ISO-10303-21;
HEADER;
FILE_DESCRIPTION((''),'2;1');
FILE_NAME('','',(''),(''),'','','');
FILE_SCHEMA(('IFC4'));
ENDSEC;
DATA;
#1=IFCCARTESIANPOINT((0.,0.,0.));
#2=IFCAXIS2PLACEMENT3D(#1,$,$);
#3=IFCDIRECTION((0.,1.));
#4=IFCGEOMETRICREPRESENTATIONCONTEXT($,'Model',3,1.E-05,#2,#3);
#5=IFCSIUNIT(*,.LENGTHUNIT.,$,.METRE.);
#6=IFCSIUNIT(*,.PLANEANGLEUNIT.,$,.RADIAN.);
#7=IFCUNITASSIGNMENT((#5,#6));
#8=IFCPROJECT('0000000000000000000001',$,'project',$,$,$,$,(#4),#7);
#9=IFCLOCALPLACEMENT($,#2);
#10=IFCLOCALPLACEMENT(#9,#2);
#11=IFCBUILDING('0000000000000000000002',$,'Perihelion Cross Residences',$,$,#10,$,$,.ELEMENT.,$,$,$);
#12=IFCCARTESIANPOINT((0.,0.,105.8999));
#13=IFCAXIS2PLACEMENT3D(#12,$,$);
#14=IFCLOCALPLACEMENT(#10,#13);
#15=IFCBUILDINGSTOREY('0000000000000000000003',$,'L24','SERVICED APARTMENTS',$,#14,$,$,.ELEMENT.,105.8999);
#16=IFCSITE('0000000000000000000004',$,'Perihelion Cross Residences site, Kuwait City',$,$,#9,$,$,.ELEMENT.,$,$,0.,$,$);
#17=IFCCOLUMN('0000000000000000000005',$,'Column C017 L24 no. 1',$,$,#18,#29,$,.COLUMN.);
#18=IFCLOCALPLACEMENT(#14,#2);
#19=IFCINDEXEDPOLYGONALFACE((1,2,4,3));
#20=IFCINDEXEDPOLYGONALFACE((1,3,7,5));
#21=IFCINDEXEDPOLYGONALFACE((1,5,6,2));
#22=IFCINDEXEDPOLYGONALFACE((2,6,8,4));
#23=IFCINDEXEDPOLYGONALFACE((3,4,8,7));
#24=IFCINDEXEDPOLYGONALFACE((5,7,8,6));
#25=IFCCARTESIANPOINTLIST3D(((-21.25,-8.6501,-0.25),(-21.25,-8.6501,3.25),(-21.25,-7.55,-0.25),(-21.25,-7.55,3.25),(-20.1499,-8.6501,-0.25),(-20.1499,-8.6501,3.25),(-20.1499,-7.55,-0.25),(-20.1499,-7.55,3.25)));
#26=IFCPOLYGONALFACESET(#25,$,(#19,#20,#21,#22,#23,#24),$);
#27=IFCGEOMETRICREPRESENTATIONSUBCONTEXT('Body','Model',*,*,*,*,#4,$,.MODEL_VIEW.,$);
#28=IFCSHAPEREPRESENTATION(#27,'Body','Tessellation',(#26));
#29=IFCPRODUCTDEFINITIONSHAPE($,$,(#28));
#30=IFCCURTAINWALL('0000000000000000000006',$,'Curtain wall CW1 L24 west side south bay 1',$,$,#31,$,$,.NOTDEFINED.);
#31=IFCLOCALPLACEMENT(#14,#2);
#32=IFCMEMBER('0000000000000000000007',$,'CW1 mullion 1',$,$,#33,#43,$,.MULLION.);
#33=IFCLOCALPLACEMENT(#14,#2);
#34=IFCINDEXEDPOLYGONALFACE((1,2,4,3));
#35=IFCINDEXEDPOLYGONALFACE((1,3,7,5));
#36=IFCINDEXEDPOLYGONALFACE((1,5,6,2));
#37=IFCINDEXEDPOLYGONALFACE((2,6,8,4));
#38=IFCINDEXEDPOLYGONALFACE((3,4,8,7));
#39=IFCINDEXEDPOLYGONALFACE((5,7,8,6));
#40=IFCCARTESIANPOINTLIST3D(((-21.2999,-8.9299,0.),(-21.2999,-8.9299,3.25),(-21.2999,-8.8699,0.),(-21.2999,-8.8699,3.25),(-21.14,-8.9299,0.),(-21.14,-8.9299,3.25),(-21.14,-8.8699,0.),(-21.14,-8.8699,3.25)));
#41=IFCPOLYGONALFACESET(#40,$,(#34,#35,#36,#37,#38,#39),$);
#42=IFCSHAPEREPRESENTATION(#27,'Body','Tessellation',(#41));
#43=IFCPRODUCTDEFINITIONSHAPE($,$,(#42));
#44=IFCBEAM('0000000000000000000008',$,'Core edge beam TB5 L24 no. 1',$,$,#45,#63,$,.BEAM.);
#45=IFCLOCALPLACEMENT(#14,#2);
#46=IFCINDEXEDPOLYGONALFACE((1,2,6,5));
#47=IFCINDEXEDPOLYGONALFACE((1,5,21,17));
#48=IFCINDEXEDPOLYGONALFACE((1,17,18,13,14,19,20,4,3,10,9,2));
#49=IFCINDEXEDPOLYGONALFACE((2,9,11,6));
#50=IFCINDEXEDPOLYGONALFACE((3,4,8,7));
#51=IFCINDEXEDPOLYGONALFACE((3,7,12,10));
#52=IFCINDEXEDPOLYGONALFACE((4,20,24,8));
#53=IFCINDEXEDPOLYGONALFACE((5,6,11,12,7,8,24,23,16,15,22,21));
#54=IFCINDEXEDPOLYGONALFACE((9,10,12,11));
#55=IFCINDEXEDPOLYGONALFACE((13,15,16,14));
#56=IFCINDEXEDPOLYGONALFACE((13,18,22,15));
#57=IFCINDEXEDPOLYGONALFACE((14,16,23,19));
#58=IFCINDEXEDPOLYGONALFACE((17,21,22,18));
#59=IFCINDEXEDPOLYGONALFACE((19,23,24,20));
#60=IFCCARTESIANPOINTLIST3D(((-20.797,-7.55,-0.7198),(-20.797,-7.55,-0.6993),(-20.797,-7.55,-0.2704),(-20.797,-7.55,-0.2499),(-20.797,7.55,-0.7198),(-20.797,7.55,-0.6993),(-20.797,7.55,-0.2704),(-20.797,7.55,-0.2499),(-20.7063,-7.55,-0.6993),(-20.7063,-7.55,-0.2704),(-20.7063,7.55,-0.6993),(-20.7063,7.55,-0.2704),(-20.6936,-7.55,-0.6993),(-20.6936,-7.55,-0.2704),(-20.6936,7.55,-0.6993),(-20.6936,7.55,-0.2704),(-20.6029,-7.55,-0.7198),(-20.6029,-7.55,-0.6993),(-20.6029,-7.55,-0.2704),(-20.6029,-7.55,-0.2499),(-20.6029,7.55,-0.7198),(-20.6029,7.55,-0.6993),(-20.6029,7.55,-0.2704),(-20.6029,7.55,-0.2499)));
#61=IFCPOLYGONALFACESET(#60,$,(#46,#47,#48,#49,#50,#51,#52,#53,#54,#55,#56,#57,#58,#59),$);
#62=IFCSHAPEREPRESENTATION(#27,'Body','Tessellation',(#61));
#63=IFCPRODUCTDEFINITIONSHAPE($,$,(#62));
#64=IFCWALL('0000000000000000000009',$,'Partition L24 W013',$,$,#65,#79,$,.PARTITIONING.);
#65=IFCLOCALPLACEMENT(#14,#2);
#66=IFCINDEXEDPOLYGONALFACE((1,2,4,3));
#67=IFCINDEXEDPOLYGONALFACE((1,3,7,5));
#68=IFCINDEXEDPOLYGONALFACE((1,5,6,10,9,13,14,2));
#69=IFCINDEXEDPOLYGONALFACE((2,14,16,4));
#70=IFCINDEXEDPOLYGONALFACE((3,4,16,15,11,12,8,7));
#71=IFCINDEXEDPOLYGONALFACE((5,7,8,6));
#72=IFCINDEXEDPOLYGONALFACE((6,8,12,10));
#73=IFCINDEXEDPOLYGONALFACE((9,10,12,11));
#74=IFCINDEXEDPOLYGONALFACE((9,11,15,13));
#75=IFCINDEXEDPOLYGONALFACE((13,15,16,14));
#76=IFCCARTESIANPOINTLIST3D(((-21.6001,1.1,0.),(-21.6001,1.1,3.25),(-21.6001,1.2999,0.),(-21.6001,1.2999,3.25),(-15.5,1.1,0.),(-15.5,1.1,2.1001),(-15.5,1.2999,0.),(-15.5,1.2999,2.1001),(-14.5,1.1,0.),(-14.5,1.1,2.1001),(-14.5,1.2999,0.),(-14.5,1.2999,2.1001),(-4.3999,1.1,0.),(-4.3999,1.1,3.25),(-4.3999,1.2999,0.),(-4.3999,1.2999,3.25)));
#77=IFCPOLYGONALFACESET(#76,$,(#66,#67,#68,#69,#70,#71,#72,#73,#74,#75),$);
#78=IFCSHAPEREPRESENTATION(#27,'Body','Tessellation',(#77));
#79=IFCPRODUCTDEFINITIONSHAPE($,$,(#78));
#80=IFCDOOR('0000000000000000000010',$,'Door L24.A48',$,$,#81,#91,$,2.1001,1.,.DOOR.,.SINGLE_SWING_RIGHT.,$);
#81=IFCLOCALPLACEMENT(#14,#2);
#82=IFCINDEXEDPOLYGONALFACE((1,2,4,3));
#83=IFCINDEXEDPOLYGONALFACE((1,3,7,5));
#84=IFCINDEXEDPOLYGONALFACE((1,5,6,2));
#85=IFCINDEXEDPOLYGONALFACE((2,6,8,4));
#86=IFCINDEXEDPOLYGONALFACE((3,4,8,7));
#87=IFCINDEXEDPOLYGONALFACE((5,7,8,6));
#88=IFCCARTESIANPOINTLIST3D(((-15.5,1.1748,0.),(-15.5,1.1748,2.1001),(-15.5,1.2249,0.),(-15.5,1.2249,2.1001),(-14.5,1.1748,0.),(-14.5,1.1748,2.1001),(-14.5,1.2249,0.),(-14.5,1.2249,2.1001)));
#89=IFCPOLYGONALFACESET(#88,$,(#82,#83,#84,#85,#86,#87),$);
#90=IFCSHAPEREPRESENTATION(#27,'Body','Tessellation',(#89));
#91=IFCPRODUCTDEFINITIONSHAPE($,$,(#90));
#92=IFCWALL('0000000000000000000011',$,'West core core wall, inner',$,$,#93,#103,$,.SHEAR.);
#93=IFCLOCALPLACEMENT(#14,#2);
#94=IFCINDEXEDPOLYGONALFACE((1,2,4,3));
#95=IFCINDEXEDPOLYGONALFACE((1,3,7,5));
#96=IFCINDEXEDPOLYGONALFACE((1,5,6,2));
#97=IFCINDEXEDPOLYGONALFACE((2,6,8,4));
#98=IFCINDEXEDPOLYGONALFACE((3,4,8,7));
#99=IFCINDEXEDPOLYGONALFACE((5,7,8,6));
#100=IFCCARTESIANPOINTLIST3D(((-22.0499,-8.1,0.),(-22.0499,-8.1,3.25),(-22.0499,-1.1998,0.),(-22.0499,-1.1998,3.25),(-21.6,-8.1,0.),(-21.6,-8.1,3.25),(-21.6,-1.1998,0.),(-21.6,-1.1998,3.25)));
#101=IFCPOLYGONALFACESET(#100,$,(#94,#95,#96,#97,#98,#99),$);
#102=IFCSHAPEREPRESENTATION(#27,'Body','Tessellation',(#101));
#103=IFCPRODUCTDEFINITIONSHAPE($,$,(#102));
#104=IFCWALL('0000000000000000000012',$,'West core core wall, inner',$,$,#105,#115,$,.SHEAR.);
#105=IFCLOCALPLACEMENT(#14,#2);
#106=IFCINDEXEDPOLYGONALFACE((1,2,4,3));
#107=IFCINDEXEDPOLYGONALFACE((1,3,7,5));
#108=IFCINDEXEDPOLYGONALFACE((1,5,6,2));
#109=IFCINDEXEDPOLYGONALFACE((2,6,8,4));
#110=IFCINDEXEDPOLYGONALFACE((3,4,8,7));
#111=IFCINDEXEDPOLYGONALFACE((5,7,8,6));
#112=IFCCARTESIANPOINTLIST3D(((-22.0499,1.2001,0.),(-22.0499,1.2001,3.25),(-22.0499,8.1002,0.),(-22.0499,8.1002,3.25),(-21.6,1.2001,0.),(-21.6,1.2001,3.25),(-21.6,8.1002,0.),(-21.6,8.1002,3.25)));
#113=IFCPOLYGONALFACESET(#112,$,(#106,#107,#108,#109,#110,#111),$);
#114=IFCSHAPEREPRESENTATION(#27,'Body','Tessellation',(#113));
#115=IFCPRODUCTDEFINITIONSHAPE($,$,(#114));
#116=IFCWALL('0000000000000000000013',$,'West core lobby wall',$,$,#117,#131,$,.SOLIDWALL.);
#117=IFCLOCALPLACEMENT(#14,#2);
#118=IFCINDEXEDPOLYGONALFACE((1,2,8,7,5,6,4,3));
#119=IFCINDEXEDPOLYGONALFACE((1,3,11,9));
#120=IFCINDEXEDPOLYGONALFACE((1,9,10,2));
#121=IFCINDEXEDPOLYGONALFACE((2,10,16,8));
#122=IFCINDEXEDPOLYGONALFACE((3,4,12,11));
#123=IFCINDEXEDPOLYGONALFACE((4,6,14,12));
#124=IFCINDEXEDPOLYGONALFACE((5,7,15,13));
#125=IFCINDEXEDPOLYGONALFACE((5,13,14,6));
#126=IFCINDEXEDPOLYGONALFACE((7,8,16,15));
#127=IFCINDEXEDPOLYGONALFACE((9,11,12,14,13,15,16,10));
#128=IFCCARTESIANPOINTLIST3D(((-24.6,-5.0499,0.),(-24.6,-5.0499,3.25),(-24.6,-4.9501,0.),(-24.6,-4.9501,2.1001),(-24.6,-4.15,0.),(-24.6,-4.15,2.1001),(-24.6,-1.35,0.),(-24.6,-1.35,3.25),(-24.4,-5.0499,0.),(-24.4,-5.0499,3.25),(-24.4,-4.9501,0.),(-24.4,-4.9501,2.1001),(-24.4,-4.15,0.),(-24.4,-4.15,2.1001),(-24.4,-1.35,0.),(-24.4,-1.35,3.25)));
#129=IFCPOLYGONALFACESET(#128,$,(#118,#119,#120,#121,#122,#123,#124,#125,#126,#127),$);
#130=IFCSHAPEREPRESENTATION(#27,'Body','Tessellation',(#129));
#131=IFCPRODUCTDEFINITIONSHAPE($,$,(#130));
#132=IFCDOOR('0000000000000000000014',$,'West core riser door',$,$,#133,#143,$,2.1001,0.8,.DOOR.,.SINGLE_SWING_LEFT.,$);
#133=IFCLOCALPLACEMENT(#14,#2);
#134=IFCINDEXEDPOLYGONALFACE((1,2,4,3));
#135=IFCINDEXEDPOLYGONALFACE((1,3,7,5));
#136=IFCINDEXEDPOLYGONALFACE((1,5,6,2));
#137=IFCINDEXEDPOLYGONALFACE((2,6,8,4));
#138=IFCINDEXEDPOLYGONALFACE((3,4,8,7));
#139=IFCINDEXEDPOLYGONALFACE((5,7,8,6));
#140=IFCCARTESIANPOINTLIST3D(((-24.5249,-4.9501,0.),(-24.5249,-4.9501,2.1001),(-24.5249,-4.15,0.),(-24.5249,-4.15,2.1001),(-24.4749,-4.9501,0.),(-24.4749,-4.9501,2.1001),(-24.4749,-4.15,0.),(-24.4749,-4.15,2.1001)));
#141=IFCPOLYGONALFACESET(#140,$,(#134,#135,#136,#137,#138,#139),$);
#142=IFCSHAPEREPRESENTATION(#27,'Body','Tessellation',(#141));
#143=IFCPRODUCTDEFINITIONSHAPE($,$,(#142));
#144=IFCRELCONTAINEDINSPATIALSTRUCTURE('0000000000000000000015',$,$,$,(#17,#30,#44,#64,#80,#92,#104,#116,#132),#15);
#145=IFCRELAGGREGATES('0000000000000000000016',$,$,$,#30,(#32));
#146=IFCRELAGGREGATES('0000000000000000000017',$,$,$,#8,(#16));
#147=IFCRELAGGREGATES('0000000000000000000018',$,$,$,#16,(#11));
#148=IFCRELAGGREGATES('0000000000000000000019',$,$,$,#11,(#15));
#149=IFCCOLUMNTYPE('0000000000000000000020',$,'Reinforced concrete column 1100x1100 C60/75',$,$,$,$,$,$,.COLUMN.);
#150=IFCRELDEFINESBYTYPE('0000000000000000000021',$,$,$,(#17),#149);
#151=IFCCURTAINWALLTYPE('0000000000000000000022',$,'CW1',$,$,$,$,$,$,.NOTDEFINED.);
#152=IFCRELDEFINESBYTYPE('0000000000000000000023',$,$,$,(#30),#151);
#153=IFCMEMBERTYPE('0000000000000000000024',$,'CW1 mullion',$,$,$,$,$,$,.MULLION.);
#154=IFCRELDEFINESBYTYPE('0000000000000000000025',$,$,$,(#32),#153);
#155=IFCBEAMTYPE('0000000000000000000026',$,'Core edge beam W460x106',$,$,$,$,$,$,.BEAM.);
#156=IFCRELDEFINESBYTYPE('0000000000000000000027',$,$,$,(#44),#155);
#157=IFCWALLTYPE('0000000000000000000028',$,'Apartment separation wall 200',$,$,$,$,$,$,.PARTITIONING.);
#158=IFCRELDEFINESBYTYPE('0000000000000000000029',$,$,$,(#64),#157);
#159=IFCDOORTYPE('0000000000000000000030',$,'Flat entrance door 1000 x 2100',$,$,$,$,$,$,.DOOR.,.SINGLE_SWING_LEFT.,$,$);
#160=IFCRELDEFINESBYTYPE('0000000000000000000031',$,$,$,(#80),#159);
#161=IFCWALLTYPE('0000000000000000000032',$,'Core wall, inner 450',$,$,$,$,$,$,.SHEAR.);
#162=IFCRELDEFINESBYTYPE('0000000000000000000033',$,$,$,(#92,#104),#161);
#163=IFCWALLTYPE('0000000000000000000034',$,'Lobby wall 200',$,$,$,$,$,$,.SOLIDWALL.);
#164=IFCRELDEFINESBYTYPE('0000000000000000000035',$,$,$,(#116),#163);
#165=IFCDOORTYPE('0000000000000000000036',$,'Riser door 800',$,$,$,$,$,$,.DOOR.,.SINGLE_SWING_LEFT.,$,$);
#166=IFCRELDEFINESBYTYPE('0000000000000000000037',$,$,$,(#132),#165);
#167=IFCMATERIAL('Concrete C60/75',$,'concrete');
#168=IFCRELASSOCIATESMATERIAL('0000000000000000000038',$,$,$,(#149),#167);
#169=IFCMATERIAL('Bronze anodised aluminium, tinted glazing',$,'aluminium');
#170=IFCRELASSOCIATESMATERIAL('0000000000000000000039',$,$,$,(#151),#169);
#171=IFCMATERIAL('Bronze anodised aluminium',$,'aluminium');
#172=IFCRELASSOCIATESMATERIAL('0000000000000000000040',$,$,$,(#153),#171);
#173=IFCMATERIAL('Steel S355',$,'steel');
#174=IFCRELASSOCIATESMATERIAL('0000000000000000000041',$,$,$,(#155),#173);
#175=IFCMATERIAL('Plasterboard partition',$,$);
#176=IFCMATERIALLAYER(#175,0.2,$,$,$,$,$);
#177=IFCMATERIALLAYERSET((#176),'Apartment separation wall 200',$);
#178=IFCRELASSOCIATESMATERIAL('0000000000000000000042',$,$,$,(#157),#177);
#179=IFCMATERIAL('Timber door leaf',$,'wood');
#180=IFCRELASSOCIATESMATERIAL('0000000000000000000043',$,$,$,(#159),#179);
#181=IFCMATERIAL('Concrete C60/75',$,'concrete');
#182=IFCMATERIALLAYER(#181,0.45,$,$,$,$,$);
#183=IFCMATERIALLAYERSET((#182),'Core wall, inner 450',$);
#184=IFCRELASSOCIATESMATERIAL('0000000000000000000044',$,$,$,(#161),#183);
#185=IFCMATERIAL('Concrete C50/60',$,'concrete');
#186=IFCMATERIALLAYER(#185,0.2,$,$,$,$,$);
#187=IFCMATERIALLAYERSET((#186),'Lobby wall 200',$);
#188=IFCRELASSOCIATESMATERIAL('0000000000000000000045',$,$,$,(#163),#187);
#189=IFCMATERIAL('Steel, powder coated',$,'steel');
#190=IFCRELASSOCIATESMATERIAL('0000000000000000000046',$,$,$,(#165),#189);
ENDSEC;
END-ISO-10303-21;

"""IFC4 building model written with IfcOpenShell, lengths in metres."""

from ifc_helpers import new_model, si_unit, direction, frame, frame_2d, origin, origin_2d, place, context, subcontext, project, spatial, rectangle, i_section, extrude, material, layer, layer_set, material_profile, profile_set, type_object, element, fill, aggregate, save


model = new_model("IFC4")

# Units and contexts
model_context = context("Model", 3, precision=1e-05, world=origin(), true_north=direction((0.0, 1.0)))
body_context = subcontext(model_context, "Body", "Model", "MODEL_VIEW")
ifc_project = project(units=[si_unit("LENGTHUNIT", "METRE"), si_unit("PLANEANGLEUNIT", "RADIAN")], contexts=[model_context])

# Site, building, storey
site_placement = place(None, origin())
site = spatial("IfcSite", under=ifc_project, at=site_placement, Name="Perihelion Cross Residences site, Kuwait City", CompositionType="ELEMENT", RefElevation=0.0)
building_placement = place(site_placement, origin())
building = spatial("IfcBuilding", under=site, at=building_placement, Name="Perihelion Cross Residences", CompositionType="ELEMENT")
storey_placement = place(building_placement, frame((0.0, 0.0, 105.8999)))
storey = spatial("IfcBuildingStorey", under=building, at=storey_placement, Name="L24", Description="SERVICED APARTMENTS", CompositionType="ELEMENT", Elevation=105.8999)

# Column
ifc_material_1 = material(Name="Concrete C60/75", Category="concrete")
ifc_material_profile_1 = material_profile(ifc_material_1, rectangle(XDim=1.1001, YDim=1.1001, at=origin_2d()), Name="RC 1100x1100")
ifc_profile_set_1 = profile_set([ifc_material_profile_1], Name="Concrete C60/75")
column_type = type_object("IfcColumnType", Name="Reinforced concrete column 1100x1100 C60/75", PredefinedType="COLUMN", material=ifc_profile_set_1)
column_placement = place(storey_placement, frame((-20.7, -8.1001, -0.25), z_axis=(0.0, 0.0, 1.0), x_axis=(1.0, 0.0, 0.0)))
element("IfcColumn", 1, at=column_placement, inside=storey, type_object=column_type, Name="Column C017 L24 no. 1", PredefinedType="COLUMN", context=body_context, shape_type="SweptSolid", body=[
    extrude(rectangle(XDim=1.1001, YDim=1.1001, at=origin_2d()), origin(), (0.0, 0.0, 1.0), 3.5),
])

# Curtain wall, member
ifc_material_2 = material(Name="Bronze anodised aluminium, tinted glazing", Category="aluminium")
curtain_wall_type = type_object("IfcCurtainWallType", Name="CW1", PredefinedType="NOTDEFINED", material=ifc_material_2)
curtain_wall_placement = place(storey_placement, origin())
curtain_wall = element("IfcCurtainWall", 2, at=curtain_wall_placement, inside=storey, type_object=curtain_wall_type, Name="Curtain wall CW1 L24 west side south bay 1", PredefinedType="NOTDEFINED")
ifc_material_3 = material(Name="Bronze anodised aluminium", Category="aluminium")
ifc_material_profile_2 = material_profile(ifc_material_3, rectangle(XDim=0.0601, YDim=0.1599, at=origin_2d()), Name="CW1 mullion")
ifc_profile_set_2 = profile_set([ifc_material_profile_2], Name="Bronze anodised aluminium")
member_type = type_object("IfcMemberType", Name="CW1 mullion", PredefinedType="MULLION", material=ifc_profile_set_2)
member_placement = place(storey_placement, frame((-21.22, -8.8999, 0.0), z_axis=(0.0, 0.0, 1.0), x_axis=(0.0, 1.0, 0.0)))
member = element("IfcMember", 3, at=member_placement, type_object=member_type, Name="CW1 mullion 1", PredefinedType="MULLION", context=body_context, shape_type="SweptSolid", body=[
    extrude(rectangle(XDim=0.0601, YDim=0.1599, at=origin_2d()), origin(), (0.0, 0.0, 1.0), 3.25),
])
aggregate(curtain_wall, [member])

# Beam
ifc_material_4 = material(Name="Steel S355", Category="steel")
ifc_material_profile_3 = material_profile(ifc_material_4, i_section(OverallWidth=0.1941, OverallDepth=0.47, WebThickness=0.0127, FlangeThickness=0.0205, at=origin_2d()), Name="W460x106")
ifc_profile_set_3 = profile_set([ifc_material_profile_3], Name="Steel S355")
beam_type = type_object("IfcBeamType", Name="Core edge beam W460x106", PredefinedType="BEAM", material=ifc_profile_set_3)
beam_placement = place(storey_placement, frame((-20.7, -7.55, -0.4849), z_axis=(0.0, 1.0, 0.0), x_axis=(-1.0, 0.0, 0.0)))
element("IfcBeam", 4, at=beam_placement, inside=storey, type_object=beam_type, Name="Core edge beam TB5 L24 no. 1", PredefinedType="BEAM", context=body_context, shape_type="SweptSolid", body=[
    extrude(i_section(OverallWidth=0.1941, OverallDepth=0.47, WebThickness=0.0127, FlangeThickness=0.0205, at=origin_2d()), origin(), (0.0, 0.0, 1.0), 15.1001),
])

# Wall, opening, door
ifc_material_5 = material(Name="Plasterboard partition")
ifc_layer_1 = layer(ifc_material_5, 0.2)
ifc_layer_set_1 = layer_set([ifc_layer_1], Name="Apartment separation wall 200")
wall_type_1 = type_object("IfcWallType", Name="Apartment separation wall 200", PredefinedType="PARTITIONING", material=ifc_layer_set_1)
wall_1_placement = place(storey_placement, frame((-21.6001, 1.2, 0.0), z_axis=(0.0, 0.0, 1.0), x_axis=(1.0, 0.0, 0.0)))
wall_1 = element("IfcWall", 5, at=wall_1_placement, inside=storey, type_object=wall_type_1, Name="Partition L24 W013", PredefinedType="PARTITIONING", context=body_context, shape_type="SweptSolid", body=[
    extrude(rectangle(XDim=17.2002, YDim=0.2, at=frame_2d((8.6001, 0.0))), origin(), (0.0, 0.0, 1.0), 3.25),
])
opening_1_placement = place(wall_1_placement, frame((6.1001, 0.0, 0.0)))
opening_1 = element("IfcOpeningElement", 6, at=opening_1_placement, cuts=wall_1, PredefinedType="OPENING", context=body_context, shape_type="SweptSolid", body=[
    extrude(rectangle(XDim=1.0, YDim=2.1001, at=frame_2d((0.5, 1.05))), frame((0.0, 0.1099, 0.0), z_axis=(0.0, -1.0, 0.0), x_axis=(1.0, 0.0, 0.0)), (0.0, 0.0, 1.0), 0.22),
])
ifc_material_6 = material(Name="Timber door leaf", Category="wood")
door_type_1 = type_object("IfcDoorType", Name="Flat entrance door 1000 x 2100", OperationType="SINGLE_SWING_LEFT", PredefinedType="DOOR", material=ifc_material_6)
door_1_placement = place(opening_1_placement, origin())
door_1 = element("IfcDoor", 7, at=door_1_placement, inside=storey, type_object=door_type_1, Name="Door L24.A48", OperationType="SINGLE_SWING_RIGHT", OverallHeight=2.1001, OverallWidth=1.0, PredefinedType="DOOR", context=body_context, shape_type="SweptSolid", body=[
    extrude(rectangle(XDim=1.0, YDim=2.1001, at=frame_2d((0.5, 1.05))), frame((0.0, 0.0249, 0.0), z_axis=(0.0, -1.0, 0.0), x_axis=(1.0, 0.0, 0.0)), (0.0, 0.0, 1.0), 0.05),
])
fill(opening_1, door_1)

# Walls
ifc_material_7 = material(Name="Concrete C60/75", Category="concrete")
ifc_layer_2 = layer(ifc_material_7, 0.45)
ifc_layer_set_2 = layer_set([ifc_layer_2], Name="Core wall, inner 450")
wall_type_2 = type_object("IfcWallType", Name="Core wall, inner 450", PredefinedType="SHEAR", material=ifc_layer_set_2)
for number, where, z_axis, x_axis, name in (
    (8, (-21.825, -8.1001, 0.0), (0.0, 0.0, 1.0), (0.0, 1.0, 0.0), "West core core wall, inner"),
    (9, (-21.825, 1.2, 0.0), (0.0, 0.0, 1.0), (0.0, 1.0, 0.0), "West core core wall, inner"),
):
    element("IfcWall", number, at=place(storey_placement, frame(where, z_axis=z_axis, x_axis=x_axis)), inside=storey, type_object=wall_type_2, Name=name, PredefinedType="SHEAR", context=body_context, shape_type="SweptSolid", body=[
        extrude(rectangle(XDim=6.9001, YDim=0.45, at=frame_2d((3.4502, 0.0))), origin(), (0.0, 0.0, 1.0), 3.25),
    ])

# Wall, opening, door
ifc_material_8 = material(Name="Concrete C50/60", Category="concrete")
ifc_layer_3 = layer(ifc_material_8, 0.2)
ifc_layer_set_3 = layer_set([ifc_layer_3], Name="Lobby wall 200")
wall_type_3 = type_object("IfcWallType", Name="Lobby wall 200", PredefinedType="SOLIDWALL", material=ifc_layer_set_3)
wall_2_placement = place(storey_placement, frame((-24.5, -5.05, 0.0), z_axis=(0.0, 0.0, 1.0), x_axis=(0.0, 1.0, 0.0)))
wall_2 = element("IfcWall", 10, at=wall_2_placement, inside=storey, type_object=wall_type_3, Name="West core lobby wall", PredefinedType="SOLIDWALL", context=body_context, shape_type="SweptSolid", body=[
    extrude(rectangle(XDim=3.7, YDim=0.2, at=frame_2d((1.8501, 0.0))), origin(), (0.0, 0.0, 1.0), 3.25),
])
opening_2_placement = place(wall_2_placement, frame((0.1001, 0.0, 0.0)))
opening_2 = element("IfcOpeningElement", 11, at=opening_2_placement, cuts=wall_2, PredefinedType="OPENING", context=body_context, shape_type="SweptSolid", body=[
    extrude(rectangle(XDim=0.8, YDim=2.1001, at=frame_2d((0.3999, 1.05))), frame((0.0, 0.1099, 0.0), z_axis=(0.0, -1.0, 0.0), x_axis=(1.0, 0.0, 0.0)), (0.0, 0.0, 1.0), 0.22),
])
ifc_material_9 = material(Name="Steel, powder coated", Category="steel")
door_type_2 = type_object("IfcDoorType", Name="Riser door 800", OperationType="SINGLE_SWING_LEFT", PredefinedType="DOOR", material=ifc_material_9)
door_2_placement = place(opening_2_placement, origin())
door_2 = element("IfcDoor", 12, at=door_2_placement, inside=storey, type_object=door_type_2, Name="West core riser door", OperationType="SINGLE_SWING_LEFT", OverallHeight=2.1001, OverallWidth=0.8, PredefinedType="DOOR", context=body_context, shape_type="SweptSolid", body=[
    extrude(rectangle(XDim=0.8, YDim=2.1001, at=frame_2d((0.3999, 1.05))), frame((0.0, 0.0249, 0.0), z_axis=(0.0, -1.0, 0.0), x_axis=(1.0, 0.0, 0.0)), (0.0, 0.0, 1.0), 0.05),
])
fill(opening_2, door_2)

save(model, "model.ifc")
